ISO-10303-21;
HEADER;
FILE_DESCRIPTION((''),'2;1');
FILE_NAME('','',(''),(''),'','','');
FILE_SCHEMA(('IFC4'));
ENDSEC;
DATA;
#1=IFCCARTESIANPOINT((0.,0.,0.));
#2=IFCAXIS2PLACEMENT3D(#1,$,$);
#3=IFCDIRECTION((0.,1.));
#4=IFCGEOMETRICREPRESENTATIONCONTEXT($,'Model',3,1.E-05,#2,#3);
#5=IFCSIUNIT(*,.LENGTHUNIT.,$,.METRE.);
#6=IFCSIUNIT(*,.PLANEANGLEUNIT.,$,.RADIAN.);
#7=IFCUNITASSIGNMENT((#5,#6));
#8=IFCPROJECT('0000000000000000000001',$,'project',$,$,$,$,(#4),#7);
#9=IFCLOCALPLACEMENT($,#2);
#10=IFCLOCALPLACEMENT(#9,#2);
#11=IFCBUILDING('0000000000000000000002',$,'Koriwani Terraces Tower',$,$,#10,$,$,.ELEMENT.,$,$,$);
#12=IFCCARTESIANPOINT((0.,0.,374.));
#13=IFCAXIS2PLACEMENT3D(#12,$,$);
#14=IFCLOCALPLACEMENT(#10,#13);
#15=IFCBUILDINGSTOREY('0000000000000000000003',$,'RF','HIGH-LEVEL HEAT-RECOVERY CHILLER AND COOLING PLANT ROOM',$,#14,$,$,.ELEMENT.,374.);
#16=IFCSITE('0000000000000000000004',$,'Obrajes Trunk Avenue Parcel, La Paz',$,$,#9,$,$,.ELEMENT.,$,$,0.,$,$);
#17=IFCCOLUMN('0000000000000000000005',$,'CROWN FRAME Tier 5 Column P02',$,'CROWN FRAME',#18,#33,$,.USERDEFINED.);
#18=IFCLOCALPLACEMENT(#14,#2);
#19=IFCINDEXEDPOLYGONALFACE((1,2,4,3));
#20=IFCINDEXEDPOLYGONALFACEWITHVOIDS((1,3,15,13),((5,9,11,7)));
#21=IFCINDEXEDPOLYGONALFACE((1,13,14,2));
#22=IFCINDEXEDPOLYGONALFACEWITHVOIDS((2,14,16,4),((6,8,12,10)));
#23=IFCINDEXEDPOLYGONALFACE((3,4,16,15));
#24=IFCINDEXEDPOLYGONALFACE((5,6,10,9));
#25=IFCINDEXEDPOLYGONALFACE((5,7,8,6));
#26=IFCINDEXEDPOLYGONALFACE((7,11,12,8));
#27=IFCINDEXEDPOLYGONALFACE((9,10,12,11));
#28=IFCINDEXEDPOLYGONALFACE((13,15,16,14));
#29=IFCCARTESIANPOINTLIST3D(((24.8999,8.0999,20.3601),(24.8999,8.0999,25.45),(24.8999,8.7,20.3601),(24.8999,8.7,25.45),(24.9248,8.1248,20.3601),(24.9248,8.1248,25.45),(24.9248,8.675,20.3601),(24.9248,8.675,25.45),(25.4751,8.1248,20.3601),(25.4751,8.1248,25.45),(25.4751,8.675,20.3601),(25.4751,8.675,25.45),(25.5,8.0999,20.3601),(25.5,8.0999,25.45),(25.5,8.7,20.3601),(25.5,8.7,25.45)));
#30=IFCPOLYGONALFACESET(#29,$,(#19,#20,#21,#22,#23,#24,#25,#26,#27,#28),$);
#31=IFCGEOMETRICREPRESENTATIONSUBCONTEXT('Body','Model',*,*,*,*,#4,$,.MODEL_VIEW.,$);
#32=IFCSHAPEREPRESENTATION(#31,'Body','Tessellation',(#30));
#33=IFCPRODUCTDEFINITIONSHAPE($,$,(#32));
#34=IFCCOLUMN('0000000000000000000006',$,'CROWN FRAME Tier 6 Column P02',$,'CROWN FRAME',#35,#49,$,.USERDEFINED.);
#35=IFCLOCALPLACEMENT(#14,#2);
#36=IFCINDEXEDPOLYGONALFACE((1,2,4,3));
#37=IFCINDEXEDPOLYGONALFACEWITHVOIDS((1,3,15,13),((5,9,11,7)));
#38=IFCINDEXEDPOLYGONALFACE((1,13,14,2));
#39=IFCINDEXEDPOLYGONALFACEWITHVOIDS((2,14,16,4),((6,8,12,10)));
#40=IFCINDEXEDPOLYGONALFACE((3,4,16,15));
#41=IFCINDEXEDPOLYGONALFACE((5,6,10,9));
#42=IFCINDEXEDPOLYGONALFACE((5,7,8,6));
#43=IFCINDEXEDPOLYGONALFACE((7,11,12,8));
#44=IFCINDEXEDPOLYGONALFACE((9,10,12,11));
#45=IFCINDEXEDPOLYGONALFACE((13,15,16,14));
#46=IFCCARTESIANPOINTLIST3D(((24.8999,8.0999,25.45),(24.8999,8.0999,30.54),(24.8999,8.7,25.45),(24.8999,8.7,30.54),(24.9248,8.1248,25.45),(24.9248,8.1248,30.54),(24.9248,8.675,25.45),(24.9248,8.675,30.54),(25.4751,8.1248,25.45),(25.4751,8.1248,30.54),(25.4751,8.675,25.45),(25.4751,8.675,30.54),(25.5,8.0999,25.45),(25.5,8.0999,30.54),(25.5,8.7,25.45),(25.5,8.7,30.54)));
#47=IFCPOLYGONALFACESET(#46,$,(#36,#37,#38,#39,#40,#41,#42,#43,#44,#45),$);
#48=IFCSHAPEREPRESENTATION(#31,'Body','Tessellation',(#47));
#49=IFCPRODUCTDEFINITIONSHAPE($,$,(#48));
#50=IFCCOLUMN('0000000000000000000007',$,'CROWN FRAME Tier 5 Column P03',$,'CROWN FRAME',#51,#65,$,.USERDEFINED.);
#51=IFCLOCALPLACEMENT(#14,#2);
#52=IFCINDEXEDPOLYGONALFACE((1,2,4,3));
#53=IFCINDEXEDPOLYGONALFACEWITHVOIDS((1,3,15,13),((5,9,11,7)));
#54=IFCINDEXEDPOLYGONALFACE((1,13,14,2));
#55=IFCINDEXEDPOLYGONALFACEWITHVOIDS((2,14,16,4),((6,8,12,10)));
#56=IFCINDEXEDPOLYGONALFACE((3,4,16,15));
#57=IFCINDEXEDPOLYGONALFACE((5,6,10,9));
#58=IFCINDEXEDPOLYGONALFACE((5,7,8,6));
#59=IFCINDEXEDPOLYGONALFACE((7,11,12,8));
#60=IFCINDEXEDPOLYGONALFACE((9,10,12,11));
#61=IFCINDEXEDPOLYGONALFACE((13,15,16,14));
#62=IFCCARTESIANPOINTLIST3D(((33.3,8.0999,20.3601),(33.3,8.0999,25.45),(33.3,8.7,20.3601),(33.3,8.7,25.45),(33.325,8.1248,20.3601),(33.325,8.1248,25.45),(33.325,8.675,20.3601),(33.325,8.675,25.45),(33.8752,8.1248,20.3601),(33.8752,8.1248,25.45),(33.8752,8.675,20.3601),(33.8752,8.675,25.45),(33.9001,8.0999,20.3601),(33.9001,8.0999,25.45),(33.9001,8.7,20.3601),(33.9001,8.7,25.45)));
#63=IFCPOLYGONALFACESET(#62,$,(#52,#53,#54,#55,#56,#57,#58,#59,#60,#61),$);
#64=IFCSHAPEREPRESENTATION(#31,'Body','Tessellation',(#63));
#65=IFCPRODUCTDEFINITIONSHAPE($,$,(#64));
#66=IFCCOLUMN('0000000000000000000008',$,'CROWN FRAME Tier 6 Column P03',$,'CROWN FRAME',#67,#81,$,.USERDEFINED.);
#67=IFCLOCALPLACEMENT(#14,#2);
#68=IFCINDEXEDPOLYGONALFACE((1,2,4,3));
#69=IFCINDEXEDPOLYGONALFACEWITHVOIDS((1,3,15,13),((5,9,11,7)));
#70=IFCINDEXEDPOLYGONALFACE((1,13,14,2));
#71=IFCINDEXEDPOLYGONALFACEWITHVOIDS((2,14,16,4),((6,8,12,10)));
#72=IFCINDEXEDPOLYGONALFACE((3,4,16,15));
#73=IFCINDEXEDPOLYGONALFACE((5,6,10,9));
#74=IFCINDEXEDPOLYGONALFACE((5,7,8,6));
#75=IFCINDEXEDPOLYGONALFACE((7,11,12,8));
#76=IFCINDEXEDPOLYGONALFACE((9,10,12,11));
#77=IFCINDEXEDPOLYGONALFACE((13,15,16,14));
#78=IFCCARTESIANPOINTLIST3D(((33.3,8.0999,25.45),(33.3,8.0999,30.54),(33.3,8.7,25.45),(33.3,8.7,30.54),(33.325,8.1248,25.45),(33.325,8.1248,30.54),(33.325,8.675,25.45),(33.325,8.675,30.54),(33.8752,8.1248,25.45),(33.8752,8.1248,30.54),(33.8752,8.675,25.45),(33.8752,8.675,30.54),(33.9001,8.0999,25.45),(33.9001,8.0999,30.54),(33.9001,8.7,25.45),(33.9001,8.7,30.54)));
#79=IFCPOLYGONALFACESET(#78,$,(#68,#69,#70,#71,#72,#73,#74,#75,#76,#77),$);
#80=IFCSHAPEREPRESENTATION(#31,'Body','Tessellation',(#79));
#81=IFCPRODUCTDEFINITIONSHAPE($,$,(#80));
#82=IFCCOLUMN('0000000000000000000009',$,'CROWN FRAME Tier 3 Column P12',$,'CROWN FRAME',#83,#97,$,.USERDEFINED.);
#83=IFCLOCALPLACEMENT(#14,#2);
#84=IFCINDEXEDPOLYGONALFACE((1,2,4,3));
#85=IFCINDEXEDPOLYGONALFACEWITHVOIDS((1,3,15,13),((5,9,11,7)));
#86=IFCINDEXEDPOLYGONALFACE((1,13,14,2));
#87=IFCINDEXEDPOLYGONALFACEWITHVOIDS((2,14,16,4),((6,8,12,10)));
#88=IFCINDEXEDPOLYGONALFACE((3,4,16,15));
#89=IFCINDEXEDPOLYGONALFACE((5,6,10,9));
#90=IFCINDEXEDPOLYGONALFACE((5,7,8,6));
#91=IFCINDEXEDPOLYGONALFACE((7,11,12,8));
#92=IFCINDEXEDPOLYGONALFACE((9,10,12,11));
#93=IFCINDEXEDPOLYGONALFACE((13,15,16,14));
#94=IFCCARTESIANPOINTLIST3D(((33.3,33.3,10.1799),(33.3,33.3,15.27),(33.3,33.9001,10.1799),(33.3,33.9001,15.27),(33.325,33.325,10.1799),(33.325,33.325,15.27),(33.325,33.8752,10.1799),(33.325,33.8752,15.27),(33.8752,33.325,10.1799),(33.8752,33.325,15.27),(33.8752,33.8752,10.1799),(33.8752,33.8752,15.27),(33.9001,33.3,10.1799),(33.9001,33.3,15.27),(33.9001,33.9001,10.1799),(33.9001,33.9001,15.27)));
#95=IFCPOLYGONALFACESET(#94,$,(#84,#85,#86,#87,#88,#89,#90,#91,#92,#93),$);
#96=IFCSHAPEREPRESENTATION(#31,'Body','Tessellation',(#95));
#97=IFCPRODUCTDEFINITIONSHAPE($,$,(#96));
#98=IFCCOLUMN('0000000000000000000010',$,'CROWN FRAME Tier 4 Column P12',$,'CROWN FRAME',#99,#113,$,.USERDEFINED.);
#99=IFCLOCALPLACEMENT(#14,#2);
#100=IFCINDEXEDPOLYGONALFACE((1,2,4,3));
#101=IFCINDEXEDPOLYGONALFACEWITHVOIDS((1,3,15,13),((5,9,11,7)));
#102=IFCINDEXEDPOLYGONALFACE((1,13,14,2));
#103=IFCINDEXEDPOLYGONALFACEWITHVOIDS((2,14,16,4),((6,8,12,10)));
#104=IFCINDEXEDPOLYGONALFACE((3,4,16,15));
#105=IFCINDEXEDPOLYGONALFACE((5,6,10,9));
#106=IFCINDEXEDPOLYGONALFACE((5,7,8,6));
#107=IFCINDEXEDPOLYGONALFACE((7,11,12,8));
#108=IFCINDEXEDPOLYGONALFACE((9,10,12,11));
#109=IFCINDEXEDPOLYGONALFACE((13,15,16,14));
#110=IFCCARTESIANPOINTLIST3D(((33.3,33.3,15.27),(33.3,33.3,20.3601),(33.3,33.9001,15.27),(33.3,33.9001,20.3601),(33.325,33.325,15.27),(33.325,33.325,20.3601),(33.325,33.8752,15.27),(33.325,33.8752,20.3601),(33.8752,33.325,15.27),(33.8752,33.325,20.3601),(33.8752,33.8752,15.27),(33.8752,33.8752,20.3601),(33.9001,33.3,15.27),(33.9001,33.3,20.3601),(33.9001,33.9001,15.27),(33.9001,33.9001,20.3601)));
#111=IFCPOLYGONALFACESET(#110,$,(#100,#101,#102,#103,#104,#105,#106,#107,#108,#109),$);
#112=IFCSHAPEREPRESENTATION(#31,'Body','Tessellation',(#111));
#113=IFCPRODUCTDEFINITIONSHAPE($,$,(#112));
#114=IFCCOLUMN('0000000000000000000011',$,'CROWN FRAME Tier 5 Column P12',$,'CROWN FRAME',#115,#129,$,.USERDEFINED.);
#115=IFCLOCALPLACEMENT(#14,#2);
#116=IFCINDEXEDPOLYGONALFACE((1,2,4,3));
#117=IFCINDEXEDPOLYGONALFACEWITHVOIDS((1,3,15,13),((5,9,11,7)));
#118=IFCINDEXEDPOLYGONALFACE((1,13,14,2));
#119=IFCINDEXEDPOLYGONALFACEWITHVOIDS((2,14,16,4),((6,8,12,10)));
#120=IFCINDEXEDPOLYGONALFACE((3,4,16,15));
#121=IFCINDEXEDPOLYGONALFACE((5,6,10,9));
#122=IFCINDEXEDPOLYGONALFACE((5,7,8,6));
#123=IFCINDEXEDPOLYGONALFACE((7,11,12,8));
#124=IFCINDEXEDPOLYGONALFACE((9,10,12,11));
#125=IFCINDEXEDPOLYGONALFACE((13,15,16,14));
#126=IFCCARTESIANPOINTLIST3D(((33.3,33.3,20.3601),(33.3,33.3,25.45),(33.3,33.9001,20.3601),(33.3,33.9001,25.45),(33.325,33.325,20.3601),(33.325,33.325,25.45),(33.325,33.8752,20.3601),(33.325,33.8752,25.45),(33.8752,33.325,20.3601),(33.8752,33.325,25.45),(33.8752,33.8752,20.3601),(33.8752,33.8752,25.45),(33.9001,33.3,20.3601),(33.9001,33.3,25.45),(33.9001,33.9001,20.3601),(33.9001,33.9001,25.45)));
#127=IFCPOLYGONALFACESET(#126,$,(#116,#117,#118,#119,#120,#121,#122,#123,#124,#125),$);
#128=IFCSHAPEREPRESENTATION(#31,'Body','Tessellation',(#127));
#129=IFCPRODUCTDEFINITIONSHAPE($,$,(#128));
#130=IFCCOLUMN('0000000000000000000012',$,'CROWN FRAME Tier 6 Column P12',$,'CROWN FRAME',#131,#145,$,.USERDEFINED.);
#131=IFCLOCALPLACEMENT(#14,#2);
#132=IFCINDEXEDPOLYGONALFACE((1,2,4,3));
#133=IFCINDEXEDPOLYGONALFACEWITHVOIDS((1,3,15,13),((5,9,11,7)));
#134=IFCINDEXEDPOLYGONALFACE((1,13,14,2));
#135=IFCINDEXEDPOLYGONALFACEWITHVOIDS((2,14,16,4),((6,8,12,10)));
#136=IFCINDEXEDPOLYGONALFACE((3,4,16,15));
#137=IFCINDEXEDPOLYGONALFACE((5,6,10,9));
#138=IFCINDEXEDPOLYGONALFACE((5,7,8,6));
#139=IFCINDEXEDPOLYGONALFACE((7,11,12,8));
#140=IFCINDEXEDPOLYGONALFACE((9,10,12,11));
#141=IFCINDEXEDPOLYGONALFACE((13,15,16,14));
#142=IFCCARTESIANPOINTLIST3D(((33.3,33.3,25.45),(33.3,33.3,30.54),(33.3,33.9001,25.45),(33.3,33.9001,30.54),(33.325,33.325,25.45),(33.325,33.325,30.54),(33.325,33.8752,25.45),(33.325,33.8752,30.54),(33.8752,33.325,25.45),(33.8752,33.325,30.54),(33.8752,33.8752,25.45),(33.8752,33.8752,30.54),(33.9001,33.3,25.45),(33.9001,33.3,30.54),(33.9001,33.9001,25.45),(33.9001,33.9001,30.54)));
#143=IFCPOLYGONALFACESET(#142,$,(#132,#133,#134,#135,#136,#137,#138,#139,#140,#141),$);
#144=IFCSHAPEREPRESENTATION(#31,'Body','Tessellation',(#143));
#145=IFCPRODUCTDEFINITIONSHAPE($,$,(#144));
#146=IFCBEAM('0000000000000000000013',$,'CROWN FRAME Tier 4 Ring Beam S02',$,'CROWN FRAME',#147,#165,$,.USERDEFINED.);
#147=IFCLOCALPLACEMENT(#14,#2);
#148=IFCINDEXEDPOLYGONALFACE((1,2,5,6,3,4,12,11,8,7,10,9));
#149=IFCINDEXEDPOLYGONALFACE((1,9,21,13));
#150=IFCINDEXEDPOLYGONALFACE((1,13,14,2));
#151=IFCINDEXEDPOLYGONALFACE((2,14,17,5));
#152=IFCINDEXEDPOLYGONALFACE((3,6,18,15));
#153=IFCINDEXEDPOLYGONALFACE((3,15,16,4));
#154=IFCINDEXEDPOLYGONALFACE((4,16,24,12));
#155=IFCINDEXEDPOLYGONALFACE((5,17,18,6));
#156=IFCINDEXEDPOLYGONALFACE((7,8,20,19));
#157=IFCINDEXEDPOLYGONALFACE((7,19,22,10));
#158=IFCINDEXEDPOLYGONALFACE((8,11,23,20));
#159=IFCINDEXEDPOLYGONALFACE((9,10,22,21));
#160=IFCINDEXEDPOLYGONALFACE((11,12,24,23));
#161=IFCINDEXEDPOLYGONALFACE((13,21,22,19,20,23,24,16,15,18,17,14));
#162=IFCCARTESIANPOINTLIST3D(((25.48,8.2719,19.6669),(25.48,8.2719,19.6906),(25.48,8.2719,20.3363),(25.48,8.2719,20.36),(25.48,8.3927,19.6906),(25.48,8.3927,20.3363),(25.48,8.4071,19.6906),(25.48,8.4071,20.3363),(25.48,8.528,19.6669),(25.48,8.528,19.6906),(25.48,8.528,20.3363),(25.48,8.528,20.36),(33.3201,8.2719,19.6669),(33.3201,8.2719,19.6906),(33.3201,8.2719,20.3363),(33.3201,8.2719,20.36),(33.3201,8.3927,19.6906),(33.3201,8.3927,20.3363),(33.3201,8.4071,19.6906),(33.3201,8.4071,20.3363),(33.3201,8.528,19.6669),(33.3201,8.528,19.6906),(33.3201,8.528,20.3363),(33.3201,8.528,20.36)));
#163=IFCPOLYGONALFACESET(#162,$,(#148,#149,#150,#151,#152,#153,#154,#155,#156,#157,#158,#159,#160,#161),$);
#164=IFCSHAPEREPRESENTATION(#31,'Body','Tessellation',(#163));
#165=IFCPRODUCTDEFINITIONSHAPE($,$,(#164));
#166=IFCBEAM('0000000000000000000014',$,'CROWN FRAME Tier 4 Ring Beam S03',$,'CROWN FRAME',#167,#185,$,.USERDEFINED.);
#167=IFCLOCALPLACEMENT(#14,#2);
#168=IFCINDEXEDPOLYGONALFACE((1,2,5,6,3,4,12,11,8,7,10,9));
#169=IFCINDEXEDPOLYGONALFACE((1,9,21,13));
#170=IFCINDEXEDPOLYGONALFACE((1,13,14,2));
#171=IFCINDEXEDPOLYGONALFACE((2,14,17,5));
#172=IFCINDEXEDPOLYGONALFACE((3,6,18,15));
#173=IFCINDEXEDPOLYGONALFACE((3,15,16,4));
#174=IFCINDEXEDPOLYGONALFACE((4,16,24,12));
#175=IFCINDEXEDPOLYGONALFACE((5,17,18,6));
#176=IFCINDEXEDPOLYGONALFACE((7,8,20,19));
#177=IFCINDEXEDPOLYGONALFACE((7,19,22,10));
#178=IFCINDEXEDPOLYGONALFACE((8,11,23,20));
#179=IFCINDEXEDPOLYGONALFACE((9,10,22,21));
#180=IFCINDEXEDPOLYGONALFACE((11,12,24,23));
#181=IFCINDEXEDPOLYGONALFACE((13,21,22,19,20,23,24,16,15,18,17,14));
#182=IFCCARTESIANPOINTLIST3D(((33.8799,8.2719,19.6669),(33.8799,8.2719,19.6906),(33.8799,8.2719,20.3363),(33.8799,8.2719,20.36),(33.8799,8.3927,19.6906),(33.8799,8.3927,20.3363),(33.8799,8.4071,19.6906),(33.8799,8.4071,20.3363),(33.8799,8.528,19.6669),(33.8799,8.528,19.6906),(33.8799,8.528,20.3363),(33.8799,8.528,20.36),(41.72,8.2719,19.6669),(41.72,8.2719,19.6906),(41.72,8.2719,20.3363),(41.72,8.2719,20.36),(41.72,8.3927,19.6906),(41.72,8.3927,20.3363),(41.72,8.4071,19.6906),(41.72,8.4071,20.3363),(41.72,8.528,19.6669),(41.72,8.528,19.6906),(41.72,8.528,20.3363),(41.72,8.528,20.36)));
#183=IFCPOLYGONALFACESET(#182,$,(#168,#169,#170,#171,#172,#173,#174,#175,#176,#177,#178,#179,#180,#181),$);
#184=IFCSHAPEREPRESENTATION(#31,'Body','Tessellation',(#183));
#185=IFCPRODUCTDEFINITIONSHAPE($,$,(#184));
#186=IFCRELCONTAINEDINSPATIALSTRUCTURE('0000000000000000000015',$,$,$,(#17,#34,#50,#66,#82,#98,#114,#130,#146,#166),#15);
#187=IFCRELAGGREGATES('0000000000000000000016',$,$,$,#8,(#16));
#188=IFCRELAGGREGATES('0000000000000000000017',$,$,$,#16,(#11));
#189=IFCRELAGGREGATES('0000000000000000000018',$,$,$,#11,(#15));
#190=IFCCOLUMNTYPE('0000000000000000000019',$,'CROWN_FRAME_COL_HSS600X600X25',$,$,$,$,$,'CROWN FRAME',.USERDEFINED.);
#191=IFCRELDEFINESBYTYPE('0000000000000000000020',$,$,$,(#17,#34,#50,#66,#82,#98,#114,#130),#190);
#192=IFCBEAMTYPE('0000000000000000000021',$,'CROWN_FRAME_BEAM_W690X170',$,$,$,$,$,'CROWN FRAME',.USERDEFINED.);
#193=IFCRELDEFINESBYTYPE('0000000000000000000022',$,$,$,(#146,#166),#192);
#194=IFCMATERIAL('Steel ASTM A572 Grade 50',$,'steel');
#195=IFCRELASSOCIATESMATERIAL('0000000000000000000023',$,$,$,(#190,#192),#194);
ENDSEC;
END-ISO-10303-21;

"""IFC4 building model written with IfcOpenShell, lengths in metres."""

from ifc_helpers import new_model, si_unit, direction, frame, origin, origin_2d, place, context, subcontext, project, spatial, hollow_rectangle, i_section, extrude, material, material_profile, profile_set, type_object, element, save


model = new_model("IFC4")

# Units and contexts
model_context = context("Model", 3, precision=1e-05, world=origin(), true_north=direction((0.0, 1.0)))
body_context = subcontext(model_context, "Body", "Model", "MODEL_VIEW")
ifc_project = project(units=[si_unit("LENGTHUNIT", "METRE"), si_unit("PLANEANGLEUNIT", "RADIAN")], contexts=[model_context])

# Site, building, storey
site_placement = place(None, origin())
site = spatial("IfcSite", under=ifc_project, at=site_placement, Name="Obrajes Trunk Avenue Parcel, La Paz", CompositionType="ELEMENT", RefElevation=0.0)
building_placement = place(site_placement, origin())
building = spatial("IfcBuilding", under=site, at=building_placement, Name="Koriwani Terraces Tower", CompositionType="ELEMENT")
storey_placement = place(building_placement, frame((0.0, 0.0, 374.0)))
storey = spatial("IfcBuildingStorey", under=building, at=storey_placement, Name="RF", Description="HIGH-LEVEL HEAT-RECOVERY CHILLER AND COOLING PLANT ROOM", CompositionType="ELEMENT", Elevation=374.0)

# Columns
ifc_material = material(Name="Steel ASTM A572 Grade 50", Category="steel")
ifc_material_profile_1 = material_profile(ifc_material, hollow_rectangle(XDim=0.6001, YDim=0.6001, WallThickness=0.0249, at=origin_2d()), Name="Steel ASTM A572 Grade 50", Category="LoadBearing")
ifc_profile_set_1 = profile_set([ifc_material_profile_1], Name="Steel ASTM A572 Grade 50")
column_type = type_object("IfcColumnType", Name="CROWN_FRAME_COL_HSS600X600X25", ElementType="CROWN FRAME", PredefinedType="USERDEFINED", material=ifc_profile_set_1)
column_1_placement = place(storey_placement, frame((25.2, 8.3999, 20.3601), z_axis=(0.0, 0.0, 1.0), x_axis=(1.0, 0.0, 0.0)))
element("IfcColumn", 1, at=column_1_placement, inside=storey, type_object=column_type, Name="CROWN FRAME Tier 5 Column P02", ObjectType="CROWN FRAME", PredefinedType="USERDEFINED", context=body_context, shape_type="SweptSolid", body=[
    extrude(hollow_rectangle(XDim=0.6001, YDim=0.6001, WallThickness=0.0249, at=origin_2d()), origin(), (0.0, 0.0, 1.0), 5.0898),
])
column_2_placement = place(storey_placement, frame((25.2, 8.3999, 25.45), z_axis=(0.0, 0.0, 1.0), x_axis=(1.0, 0.0, 0.0)))
element("IfcColumn", 2, at=column_2_placement, inside=storey, type_object=column_type, Name="CROWN FRAME Tier 6 Column P02", ObjectType="CROWN FRAME", PredefinedType="USERDEFINED", context=body_context, shape_type="SweptSolid", body=[
    extrude(hollow_rectangle(XDim=0.6001, YDim=0.6001, WallThickness=0.0249, at=origin_2d()), origin(), (0.0, 0.0, 1.0), 5.0901),
])
column_3_placement = place(storey_placement, frame((33.6001, 8.3999, 20.3601), z_axis=(0.0, 0.0, 1.0), x_axis=(1.0, 0.0, 0.0)))
element("IfcColumn", 3, at=column_3_placement, inside=storey, type_object=column_type, Name="CROWN FRAME Tier 5 Column P03", ObjectType="CROWN FRAME", PredefinedType="USERDEFINED", context=body_context, shape_type="SweptSolid", body=[
    extrude(hollow_rectangle(XDim=0.6001, YDim=0.6001, WallThickness=0.0249, at=origin_2d()), origin(), (0.0, 0.0, 1.0), 5.0898),
])
for number, where, z_axis, x_axis, name in (
    (4, (33.6001, 8.3999, 25.45), (0.0, 0.0, 1.0), (1.0, 0.0, 0.0), "CROWN FRAME Tier 6 Column P03"),
    (5, (33.6001, 33.6001, 10.1799), (0.0, 0.0, 1.0), (1.0, 0.0, 0.0), "CROWN FRAME Tier 3 Column P12"),
    (6, (33.6001, 33.6001, 15.27), (0.0, 0.0, 1.0), (1.0, 0.0, 0.0), "CROWN FRAME Tier 4 Column P12"),
):
    element("IfcColumn", number, at=place(storey_placement, frame(where, z_axis=z_axis, x_axis=x_axis)), inside=storey, type_object=column_type, Name=name, ObjectType="CROWN FRAME", PredefinedType="USERDEFINED", context=body_context, shape_type="SweptSolid", body=[
        extrude(hollow_rectangle(XDim=0.6001, YDim=0.6001, WallThickness=0.0249, at=origin_2d()), origin(), (0.0, 0.0, 1.0), 5.0901),
    ])
column_4_placement = place(storey_placement, frame((33.6001, 33.6001, 20.3601), z_axis=(0.0, 0.0, 1.0), x_axis=(1.0, 0.0, 0.0)))
element("IfcColumn", 7, at=column_4_placement, inside=storey, type_object=column_type, Name="CROWN FRAME Tier 5 Column P12", ObjectType="CROWN FRAME", PredefinedType="USERDEFINED", context=body_context, shape_type="SweptSolid", body=[
    extrude(hollow_rectangle(XDim=0.6001, YDim=0.6001, WallThickness=0.0249, at=origin_2d()), origin(), (0.0, 0.0, 1.0), 5.0898),
])
column_5_placement = place(storey_placement, frame((33.6001, 33.6001, 25.45), z_axis=(0.0, 0.0, 1.0), x_axis=(1.0, 0.0, 0.0)))
element("IfcColumn", 8, at=column_5_placement, inside=storey, type_object=column_type, Name="CROWN FRAME Tier 6 Column P12", ObjectType="CROWN FRAME", PredefinedType="USERDEFINED", context=body_context, shape_type="SweptSolid", body=[
    extrude(hollow_rectangle(XDim=0.6001, YDim=0.6001, WallThickness=0.0249, at=origin_2d()), origin(), (0.0, 0.0, 1.0), 5.0901),
])

# Beams
ifc_material_profile_2 = material_profile(ifc_material, i_section(OverallWidth=0.2561, OverallDepth=0.6931, WebThickness=0.0144, FlangeThickness=0.0237, at=origin_2d()), Name="Steel ASTM A572 Grade 50", Category="LoadBearing")
ifc_profile_set_2 = profile_set([ifc_material_profile_2], Name="Steel ASTM A572 Grade 50")
beam_type = type_object("IfcBeamType", Name="CROWN_FRAME_BEAM_W690X170", ElementType="CROWN FRAME", PredefinedType="USERDEFINED", material=ifc_profile_set_2)
for number, where, z_axis, x_axis, name in (
    (9, (25.48, 8.3999, 20.0134), (1.0, 0.0, 0.0), (0.0, 1.0, 0.0), "CROWN FRAME Tier 4 Ring Beam S02"),
    (10, (33.8799, 8.3999, 20.0134), (1.0, 0.0, 0.0), (0.0, 1.0, 0.0), "CROWN FRAME Tier 4 Ring Beam S03"),
):
    element("IfcBeam", number, at=place(storey_placement, frame(where, z_axis=z_axis, x_axis=x_axis)), inside=storey, type_object=beam_type, Name=name, ObjectType="CROWN FRAME", PredefinedType="USERDEFINED", context=body_context, shape_type="SweptSolid", body=[
        extrude(i_section(OverallWidth=0.2561, OverallDepth=0.6931, WebThickness=0.0144, FlangeThickness=0.0237, at=origin_2d()), origin(), (0.0, 0.0, 1.0), 7.8401),
    ])

save(model, "model.ifc")
